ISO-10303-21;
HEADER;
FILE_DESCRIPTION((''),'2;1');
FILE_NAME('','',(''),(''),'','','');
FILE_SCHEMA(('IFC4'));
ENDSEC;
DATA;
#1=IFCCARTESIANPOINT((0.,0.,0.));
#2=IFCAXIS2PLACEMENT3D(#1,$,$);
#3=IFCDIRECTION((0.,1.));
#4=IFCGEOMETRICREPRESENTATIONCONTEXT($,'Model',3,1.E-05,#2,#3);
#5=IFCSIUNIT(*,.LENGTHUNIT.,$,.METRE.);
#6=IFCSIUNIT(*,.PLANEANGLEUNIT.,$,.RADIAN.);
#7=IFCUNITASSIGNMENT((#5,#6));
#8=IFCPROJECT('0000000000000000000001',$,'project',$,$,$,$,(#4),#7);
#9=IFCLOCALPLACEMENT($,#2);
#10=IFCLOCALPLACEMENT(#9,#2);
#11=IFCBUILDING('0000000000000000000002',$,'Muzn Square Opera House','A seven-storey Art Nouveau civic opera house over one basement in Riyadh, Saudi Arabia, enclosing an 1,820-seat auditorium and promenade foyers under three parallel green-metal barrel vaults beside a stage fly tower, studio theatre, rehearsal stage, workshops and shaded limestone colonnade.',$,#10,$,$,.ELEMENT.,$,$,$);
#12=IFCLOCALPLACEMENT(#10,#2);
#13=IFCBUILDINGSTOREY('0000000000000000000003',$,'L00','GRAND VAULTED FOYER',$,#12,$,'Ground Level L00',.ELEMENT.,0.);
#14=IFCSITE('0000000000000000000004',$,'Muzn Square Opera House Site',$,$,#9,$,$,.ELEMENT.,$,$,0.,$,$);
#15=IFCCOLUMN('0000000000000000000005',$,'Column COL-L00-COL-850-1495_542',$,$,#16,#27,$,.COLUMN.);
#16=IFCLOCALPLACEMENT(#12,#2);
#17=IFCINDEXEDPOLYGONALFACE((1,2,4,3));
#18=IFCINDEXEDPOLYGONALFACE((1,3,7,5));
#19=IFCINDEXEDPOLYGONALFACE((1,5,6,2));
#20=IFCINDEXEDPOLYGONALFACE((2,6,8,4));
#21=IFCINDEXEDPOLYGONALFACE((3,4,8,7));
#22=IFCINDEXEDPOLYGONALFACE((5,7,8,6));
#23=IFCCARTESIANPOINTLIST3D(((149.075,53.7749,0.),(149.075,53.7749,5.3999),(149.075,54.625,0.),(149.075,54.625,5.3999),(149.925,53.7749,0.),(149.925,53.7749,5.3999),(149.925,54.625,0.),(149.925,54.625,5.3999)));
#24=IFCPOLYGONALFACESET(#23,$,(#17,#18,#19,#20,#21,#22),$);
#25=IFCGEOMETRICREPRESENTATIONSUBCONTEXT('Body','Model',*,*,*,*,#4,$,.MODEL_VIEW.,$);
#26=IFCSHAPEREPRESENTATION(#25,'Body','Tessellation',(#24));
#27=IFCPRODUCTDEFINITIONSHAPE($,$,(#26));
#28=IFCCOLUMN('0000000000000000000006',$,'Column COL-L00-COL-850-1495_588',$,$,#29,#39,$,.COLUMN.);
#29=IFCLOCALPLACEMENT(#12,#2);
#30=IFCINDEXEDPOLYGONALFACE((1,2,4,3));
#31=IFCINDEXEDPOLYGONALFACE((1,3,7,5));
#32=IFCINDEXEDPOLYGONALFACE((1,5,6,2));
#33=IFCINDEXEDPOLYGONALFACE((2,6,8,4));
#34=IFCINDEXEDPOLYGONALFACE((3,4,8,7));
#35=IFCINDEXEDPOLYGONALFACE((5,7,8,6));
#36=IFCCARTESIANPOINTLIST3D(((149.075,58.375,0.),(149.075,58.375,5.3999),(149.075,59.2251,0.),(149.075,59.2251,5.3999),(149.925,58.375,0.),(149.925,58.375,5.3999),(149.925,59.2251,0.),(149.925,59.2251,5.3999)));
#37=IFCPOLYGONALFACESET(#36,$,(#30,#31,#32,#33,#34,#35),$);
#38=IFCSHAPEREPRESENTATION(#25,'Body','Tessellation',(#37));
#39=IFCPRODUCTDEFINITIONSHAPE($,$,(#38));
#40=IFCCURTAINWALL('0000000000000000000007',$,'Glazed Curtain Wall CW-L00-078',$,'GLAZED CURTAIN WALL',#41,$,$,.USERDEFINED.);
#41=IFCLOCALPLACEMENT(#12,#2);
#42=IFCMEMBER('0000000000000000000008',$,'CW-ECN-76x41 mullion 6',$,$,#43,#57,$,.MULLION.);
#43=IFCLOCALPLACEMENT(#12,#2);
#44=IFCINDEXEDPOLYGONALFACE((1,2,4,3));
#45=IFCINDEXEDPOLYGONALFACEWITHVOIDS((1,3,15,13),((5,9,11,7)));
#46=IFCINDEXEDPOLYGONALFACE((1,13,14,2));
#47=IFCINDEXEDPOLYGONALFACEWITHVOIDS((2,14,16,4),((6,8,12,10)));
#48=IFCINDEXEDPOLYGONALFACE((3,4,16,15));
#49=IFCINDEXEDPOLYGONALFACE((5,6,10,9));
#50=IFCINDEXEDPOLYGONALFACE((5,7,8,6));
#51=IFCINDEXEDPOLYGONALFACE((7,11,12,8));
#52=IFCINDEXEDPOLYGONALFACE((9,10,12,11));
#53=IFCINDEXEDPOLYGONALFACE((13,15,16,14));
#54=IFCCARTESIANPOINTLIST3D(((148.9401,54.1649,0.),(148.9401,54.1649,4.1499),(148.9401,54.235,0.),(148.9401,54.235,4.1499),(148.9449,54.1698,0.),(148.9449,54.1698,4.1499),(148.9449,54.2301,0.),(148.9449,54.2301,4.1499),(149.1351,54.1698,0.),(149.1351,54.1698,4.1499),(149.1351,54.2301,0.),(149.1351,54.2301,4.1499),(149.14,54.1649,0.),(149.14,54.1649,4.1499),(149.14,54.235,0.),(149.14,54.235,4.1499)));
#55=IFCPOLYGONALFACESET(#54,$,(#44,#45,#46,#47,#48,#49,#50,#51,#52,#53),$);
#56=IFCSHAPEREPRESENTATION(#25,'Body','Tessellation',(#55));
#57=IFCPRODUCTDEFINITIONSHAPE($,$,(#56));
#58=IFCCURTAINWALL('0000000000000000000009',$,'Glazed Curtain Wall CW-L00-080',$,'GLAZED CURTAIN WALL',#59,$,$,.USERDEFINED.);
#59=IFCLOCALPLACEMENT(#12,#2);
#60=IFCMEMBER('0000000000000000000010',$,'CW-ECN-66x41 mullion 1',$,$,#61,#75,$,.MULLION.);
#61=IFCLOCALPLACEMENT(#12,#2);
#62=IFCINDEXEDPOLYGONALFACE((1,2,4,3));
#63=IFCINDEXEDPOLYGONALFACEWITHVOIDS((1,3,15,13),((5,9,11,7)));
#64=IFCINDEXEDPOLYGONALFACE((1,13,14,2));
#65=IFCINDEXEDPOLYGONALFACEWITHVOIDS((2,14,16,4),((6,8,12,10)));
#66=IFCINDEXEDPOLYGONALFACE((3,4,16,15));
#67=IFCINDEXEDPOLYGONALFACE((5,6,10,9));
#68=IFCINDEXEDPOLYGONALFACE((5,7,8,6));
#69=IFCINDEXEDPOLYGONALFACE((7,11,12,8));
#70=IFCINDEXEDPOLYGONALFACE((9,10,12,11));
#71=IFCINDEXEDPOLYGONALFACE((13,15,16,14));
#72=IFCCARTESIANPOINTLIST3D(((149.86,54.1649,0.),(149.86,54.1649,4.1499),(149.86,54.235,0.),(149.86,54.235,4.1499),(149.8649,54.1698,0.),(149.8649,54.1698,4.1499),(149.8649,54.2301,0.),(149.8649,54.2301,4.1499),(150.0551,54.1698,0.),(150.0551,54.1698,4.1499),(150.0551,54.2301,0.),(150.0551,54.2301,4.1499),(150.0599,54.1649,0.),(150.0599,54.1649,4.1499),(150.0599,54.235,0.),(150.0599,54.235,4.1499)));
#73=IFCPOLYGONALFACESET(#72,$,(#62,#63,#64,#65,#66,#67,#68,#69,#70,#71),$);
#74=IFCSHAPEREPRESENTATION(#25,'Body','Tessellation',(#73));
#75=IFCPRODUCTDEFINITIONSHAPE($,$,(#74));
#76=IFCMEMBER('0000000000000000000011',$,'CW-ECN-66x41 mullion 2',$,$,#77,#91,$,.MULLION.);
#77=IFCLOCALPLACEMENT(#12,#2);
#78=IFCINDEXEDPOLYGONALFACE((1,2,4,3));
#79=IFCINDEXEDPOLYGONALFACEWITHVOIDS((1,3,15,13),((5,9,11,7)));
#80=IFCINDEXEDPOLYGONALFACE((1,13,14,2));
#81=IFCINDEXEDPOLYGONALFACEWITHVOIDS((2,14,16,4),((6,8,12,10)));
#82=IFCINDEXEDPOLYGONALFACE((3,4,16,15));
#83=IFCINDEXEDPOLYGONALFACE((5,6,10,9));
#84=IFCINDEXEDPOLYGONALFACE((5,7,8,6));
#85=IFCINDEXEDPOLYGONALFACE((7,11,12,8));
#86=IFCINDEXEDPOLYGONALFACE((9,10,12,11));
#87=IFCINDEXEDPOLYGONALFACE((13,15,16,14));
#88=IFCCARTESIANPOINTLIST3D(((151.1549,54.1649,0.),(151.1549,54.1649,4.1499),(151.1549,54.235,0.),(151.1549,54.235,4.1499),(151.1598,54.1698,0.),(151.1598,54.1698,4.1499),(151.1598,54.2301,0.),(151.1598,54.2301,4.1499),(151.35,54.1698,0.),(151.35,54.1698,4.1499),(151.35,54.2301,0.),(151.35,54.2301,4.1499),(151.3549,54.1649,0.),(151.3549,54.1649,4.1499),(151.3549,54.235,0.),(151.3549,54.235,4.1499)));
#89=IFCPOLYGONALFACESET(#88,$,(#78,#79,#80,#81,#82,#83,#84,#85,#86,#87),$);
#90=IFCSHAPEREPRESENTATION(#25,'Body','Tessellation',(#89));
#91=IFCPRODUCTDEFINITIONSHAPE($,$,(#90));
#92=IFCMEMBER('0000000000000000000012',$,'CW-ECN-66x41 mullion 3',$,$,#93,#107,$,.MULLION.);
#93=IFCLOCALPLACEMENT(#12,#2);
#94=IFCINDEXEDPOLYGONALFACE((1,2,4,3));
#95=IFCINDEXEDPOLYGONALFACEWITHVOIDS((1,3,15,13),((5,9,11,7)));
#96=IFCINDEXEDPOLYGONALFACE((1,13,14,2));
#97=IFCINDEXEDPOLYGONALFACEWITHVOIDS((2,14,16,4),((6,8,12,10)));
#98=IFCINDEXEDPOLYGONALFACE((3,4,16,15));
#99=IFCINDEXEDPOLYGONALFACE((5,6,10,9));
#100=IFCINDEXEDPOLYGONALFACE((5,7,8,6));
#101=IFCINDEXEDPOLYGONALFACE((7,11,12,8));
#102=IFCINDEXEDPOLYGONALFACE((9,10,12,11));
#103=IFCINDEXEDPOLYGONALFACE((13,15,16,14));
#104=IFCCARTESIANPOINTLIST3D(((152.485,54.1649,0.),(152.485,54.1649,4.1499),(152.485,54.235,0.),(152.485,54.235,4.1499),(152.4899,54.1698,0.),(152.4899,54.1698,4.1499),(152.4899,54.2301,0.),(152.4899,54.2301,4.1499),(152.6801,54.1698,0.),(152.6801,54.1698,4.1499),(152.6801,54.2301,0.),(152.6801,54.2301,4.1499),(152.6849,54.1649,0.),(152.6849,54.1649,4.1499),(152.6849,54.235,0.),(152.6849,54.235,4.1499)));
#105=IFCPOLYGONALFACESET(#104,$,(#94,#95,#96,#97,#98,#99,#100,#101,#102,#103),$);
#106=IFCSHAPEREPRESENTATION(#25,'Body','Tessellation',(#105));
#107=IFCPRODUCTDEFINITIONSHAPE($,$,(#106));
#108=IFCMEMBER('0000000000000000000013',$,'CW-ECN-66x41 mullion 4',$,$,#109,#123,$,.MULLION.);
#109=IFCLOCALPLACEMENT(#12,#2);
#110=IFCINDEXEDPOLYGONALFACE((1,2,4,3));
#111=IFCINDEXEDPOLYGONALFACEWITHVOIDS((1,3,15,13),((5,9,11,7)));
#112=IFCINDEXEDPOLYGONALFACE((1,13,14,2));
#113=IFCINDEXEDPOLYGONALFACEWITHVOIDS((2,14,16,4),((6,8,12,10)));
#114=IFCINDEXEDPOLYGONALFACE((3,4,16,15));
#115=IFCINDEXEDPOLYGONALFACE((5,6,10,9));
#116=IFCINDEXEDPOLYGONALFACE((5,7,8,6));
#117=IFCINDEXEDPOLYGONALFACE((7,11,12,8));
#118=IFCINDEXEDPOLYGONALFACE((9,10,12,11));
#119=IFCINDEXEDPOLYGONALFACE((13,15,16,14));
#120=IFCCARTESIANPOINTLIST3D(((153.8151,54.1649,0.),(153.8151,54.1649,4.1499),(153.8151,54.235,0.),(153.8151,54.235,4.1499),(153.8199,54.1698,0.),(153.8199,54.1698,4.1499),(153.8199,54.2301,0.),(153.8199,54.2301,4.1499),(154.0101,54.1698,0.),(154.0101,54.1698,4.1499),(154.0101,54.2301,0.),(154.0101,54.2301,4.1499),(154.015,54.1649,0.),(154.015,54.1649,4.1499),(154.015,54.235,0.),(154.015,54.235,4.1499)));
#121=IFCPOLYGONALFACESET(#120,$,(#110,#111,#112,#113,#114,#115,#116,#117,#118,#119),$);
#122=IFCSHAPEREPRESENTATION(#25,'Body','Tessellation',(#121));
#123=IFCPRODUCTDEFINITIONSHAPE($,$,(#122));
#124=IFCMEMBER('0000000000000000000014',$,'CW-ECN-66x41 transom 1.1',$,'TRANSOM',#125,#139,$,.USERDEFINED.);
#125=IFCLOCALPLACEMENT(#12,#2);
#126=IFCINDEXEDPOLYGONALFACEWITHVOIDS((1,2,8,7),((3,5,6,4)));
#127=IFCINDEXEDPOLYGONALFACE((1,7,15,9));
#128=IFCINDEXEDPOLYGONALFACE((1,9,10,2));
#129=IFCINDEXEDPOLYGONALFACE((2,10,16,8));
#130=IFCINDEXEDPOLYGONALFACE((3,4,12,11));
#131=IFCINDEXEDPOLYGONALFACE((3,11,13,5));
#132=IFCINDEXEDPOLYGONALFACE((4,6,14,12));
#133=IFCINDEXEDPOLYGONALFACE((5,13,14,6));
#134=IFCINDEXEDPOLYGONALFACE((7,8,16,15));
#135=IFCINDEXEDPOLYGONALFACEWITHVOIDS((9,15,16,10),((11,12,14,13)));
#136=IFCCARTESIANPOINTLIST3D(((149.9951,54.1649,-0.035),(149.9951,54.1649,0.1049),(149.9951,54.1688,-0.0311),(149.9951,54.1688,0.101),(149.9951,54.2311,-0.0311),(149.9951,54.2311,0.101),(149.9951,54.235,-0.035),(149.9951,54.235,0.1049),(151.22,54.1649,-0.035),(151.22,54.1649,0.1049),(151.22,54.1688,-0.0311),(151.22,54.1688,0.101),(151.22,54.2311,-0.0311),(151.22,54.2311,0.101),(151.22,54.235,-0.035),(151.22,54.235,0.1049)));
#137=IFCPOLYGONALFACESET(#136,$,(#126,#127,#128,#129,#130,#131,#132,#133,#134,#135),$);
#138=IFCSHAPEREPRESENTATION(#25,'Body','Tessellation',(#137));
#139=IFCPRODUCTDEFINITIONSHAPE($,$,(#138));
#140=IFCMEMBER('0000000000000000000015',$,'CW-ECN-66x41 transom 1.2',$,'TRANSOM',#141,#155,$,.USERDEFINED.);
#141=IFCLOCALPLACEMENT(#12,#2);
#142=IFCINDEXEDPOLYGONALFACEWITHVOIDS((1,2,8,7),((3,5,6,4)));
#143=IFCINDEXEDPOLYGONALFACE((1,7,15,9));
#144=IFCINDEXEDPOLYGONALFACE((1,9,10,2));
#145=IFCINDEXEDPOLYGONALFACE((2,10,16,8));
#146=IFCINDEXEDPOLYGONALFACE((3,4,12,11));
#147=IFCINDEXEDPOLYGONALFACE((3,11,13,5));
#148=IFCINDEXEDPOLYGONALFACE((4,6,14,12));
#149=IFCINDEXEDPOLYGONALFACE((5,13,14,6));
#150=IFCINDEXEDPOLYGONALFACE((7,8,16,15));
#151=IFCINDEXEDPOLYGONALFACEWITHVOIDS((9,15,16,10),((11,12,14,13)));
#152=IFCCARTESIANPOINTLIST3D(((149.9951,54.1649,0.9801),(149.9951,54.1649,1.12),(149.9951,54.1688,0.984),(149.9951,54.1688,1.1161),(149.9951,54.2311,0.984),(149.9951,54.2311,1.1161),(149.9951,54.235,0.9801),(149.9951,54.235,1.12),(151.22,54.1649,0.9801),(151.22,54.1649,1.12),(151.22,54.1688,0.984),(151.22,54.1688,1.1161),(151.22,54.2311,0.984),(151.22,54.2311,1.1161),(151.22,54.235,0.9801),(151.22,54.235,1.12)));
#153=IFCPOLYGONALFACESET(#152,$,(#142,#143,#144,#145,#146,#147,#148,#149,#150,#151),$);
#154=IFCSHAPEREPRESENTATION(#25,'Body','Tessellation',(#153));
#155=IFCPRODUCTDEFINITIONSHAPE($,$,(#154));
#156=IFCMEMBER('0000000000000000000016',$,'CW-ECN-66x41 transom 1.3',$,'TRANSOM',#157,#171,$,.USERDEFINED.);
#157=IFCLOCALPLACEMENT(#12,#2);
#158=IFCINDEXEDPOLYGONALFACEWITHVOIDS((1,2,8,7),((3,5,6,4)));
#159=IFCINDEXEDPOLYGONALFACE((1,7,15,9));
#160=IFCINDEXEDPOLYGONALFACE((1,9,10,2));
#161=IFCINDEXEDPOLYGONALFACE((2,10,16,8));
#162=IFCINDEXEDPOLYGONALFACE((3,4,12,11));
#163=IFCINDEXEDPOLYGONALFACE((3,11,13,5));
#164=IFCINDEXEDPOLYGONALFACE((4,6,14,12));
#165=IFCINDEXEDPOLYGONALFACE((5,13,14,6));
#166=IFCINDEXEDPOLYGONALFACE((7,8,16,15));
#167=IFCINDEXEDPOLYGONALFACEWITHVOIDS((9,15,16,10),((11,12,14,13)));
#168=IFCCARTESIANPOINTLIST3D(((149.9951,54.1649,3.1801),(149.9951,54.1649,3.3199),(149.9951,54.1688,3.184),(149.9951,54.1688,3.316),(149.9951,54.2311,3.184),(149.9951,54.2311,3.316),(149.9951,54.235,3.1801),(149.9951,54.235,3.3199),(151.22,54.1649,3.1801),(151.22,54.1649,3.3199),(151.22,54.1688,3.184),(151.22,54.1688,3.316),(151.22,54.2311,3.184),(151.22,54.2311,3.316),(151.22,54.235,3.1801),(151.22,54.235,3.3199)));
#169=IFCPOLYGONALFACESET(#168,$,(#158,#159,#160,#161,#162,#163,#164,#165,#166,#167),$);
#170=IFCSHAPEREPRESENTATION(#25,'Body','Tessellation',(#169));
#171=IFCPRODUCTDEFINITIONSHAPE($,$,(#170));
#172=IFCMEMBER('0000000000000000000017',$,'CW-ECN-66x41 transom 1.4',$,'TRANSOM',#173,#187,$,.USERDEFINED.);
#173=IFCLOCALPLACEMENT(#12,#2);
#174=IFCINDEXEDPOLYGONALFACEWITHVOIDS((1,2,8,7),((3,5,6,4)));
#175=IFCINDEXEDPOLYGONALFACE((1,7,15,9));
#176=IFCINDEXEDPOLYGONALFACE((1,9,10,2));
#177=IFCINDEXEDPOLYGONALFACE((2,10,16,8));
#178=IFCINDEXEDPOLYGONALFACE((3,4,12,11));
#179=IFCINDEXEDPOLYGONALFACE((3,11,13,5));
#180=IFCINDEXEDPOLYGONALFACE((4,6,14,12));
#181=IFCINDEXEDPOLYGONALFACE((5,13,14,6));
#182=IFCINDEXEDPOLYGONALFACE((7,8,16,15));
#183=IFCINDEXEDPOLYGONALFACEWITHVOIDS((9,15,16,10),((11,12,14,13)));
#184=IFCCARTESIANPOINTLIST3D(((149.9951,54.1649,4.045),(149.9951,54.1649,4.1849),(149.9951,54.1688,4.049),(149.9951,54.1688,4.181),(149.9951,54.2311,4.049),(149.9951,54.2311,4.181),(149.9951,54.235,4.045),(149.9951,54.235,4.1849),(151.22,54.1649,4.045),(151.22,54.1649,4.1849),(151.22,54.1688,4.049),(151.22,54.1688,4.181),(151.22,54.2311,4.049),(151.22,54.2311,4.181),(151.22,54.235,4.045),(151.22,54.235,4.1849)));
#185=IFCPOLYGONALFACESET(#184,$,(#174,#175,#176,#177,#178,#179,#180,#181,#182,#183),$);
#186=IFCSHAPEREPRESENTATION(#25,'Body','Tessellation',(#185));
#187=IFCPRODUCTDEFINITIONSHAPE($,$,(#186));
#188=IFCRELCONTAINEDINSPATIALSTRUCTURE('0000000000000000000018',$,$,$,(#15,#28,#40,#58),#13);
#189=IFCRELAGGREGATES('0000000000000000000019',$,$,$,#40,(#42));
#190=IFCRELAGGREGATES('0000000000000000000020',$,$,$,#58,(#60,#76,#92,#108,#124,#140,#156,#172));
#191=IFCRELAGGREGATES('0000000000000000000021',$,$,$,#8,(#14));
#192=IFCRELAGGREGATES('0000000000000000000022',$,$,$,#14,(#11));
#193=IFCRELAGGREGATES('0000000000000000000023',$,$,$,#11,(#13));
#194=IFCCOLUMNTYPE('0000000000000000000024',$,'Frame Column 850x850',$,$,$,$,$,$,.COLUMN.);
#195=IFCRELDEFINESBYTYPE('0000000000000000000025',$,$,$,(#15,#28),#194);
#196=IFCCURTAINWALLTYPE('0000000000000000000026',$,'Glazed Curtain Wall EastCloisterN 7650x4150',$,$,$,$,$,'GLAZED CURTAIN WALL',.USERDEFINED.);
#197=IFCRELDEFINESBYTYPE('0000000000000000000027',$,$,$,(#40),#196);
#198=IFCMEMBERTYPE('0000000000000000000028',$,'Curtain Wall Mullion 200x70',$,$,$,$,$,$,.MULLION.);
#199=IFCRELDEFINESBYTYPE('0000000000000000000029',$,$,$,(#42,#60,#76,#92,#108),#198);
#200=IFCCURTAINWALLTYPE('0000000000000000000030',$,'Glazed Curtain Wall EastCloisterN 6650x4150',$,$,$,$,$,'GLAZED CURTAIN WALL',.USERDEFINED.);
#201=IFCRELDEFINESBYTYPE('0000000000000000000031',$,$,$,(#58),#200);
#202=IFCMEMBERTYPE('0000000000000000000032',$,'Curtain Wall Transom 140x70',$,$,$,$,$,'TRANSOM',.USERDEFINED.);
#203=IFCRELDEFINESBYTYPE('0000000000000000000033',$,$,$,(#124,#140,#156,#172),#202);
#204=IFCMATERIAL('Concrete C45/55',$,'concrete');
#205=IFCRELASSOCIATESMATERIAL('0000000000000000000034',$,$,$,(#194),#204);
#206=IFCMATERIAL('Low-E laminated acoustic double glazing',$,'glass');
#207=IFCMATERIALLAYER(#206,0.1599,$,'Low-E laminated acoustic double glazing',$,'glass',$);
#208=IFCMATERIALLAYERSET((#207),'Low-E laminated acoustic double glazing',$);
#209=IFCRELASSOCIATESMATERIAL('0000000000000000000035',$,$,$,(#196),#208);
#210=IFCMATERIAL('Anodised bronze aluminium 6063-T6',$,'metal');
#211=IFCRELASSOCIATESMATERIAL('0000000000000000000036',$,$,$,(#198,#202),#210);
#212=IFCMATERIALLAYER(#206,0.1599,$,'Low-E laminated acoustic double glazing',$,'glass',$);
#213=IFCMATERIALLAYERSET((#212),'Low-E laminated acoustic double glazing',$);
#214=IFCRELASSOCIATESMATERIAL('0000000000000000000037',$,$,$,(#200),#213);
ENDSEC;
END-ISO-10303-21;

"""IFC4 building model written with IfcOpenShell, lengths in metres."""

from ifc_helpers import new_model, si_unit, direction, frame, origin, origin_2d, place, context, subcontext, project, spatial, rectangle, hollow_rectangle, extrude, material, layer, layer_set, material_profile, profile_set, type_object, element, aggregate, save


model = new_model("IFC4")

# Units and contexts
model_context = context("Model", 3, precision=1e-05, world=origin(), true_north=direction((0.0, 1.0)))
body_context = subcontext(model_context, "Body", "Model", "MODEL_VIEW")
ifc_project = project(units=[si_unit("LENGTHUNIT", "METRE"), si_unit("PLANEANGLEUNIT", "RADIAN")], contexts=[model_context])

# Site, building, storey
site_placement = place(None, origin())
site = spatial("IfcSite", under=ifc_project, at=site_placement, Name="Muzn Square Opera House Site", CompositionType="ELEMENT", RefElevation=0.0)
building_placement = place(site_placement, origin())
building = spatial("IfcBuilding", under=site, at=building_placement, Name="Muzn Square Opera House", Description="A seven-storey Art Nouveau civic opera house over one basement in Riyadh, Saudi Arabia, enclosing an 1,820-seat auditorium and promenade foyers under three parallel green-metal barrel vaults beside a stage fly tower, studio theatre, rehearsal stage, workshops and shaded limestone colonnade.", CompositionType="ELEMENT")
storey_placement = place(building_placement, origin())
storey = spatial("IfcBuildingStorey", under=building, at=storey_placement, Name="L00", Description="GRAND VAULTED FOYER", LongName="Ground Level L00", CompositionType="ELEMENT", Elevation=0.0)

# Columns
ifc_material_1 = material(Name="Concrete C45/55", Category="concrete")
ifc_material_profile_1 = material_profile(ifc_material_1, rectangle(XDim=0.8501, YDim=0.8501, at=origin_2d()), Name="RC 850x850", Category="concrete")
ifc_profile_set_1 = profile_set([ifc_material_profile_1], Name="Concrete C45/55")
column_type = type_object("IfcColumnType", Name="Frame Column 850x850", PredefinedType="COLUMN", material=ifc_profile_set_1)
for number, where, z_axis, x_axis, name in (
    (1, (149.5, 54.2, 0.0), (0.0, 0.0, 1.0), (1.0, 0.0, 0.0), "Column COL-L00-COL-850-1495_542"),
    (2, (149.5, 58.8, 0.0), (0.0, 0.0, 1.0), (1.0, 0.0, 0.0), "Column COL-L00-COL-850-1495_588"),
):
    element("IfcColumn", number, at=place(storey_placement, frame(where, z_axis=z_axis, x_axis=x_axis)), inside=storey, type_object=column_type, Name=name, PredefinedType="COLUMN", context=body_context, shape_type="SweptSolid", body=[
        extrude(rectangle(XDim=0.8501, YDim=0.8501, at=origin_2d()), origin(), (0.0, 0.0, 1.0), 5.3999),
    ])

# Curtain wall, member
ifc_material_2 = material(Name="Low-E laminated acoustic double glazing", Category="glass")
ifc_layer_1 = layer(ifc_material_2, 0.1599, Name="Low-E laminated acoustic double glazing", Category="glass")
ifc_layer_set_1 = layer_set([ifc_layer_1], Name="Low-E laminated acoustic double glazing")
curtain_wall_type_1 = type_object("IfcCurtainWallType", Name="Glazed Curtain Wall EastCloisterN 7650x4150", ElementType="GLAZED CURTAIN WALL", PredefinedType="USERDEFINED", material=ifc_layer_set_1)
curtain_wall_1_placement = place(storey_placement, origin())
curtain_wall_1 = element("IfcCurtainWall", 3, at=curtain_wall_1_placement, inside=storey, type_object=curtain_wall_type_1, Name="Glazed Curtain Wall CW-L00-078", ObjectType="GLAZED CURTAIN WALL", PredefinedType="USERDEFINED")
ifc_material_3 = material(Name="Anodised bronze aluminium 6063-T6", Category="metal")
ifc_material_profile_2 = material_profile(ifc_material_3, hollow_rectangle(XDim=0.0701, YDim=0.2, WallThickness=0.0049, at=origin_2d()), Name="ALU 200x70x5", Category="metal")
ifc_profile_set_2 = profile_set([ifc_material_profile_2], Name="Anodised bronze aluminium 6063-T6")
member_type_1 = type_object("IfcMemberType", Name="Curtain Wall Mullion 200x70", PredefinedType="MULLION", material=ifc_profile_set_2)
member_1_placement = place(storey_placement, frame((149.04, 54.2, 0.0), z_axis=(0.0, 0.0, 1.0), x_axis=(0.0, 1.0, 0.0)))
member_1 = element("IfcMember", 4, at=member_1_placement, type_object=member_type_1, Name="CW-ECN-76x41 mullion 6", PredefinedType="MULLION", context=body_context, shape_type="SweptSolid", body=[
    extrude(hollow_rectangle(XDim=0.0701, YDim=0.2, WallThickness=0.0049, at=origin_2d()), origin(), (0.0, 0.0, 1.0), 4.1499),
])

# Curtain wall, members
ifc_layer_2 = layer(ifc_material_2, 0.1599, Name="Low-E laminated acoustic double glazing", Category="glass")
ifc_layer_set_2 = layer_set([ifc_layer_2], Name="Low-E laminated acoustic double glazing")
curtain_wall_type_2 = type_object("IfcCurtainWallType", Name="Glazed Curtain Wall EastCloisterN 6650x4150", ElementType="GLAZED CURTAIN WALL", PredefinedType="USERDEFINED", material=ifc_layer_set_2)
curtain_wall_2_placement = place(storey_placement, origin())
curtain_wall_2 = element("IfcCurtainWall", 5, at=curtain_wall_2_placement, inside=storey, type_object=curtain_wall_type_2, Name="Glazed Curtain Wall CW-L00-080", ObjectType="GLAZED CURTAIN WALL", PredefinedType="USERDEFINED")
member_2_placement = place(storey_placement, frame((149.96, 54.2, 0.0), z_axis=(0.0, 0.0, 1.0), x_axis=(0.0, 1.0, 0.0)))
member_2 = element("IfcMember", 6, at=member_2_placement, type_object=member_type_1, Name="CW-ECN-66x41 mullion 1", PredefinedType="MULLION", context=body_context, shape_type="SweptSolid", body=[
    extrude(hollow_rectangle(XDim=0.0701, YDim=0.2, WallThickness=0.0049, at=origin_2d()), origin(), (0.0, 0.0, 1.0), 4.1499),
])
member_3_placement = place(storey_placement, frame((151.2549, 54.2, 0.0), z_axis=(0.0, 0.0, 1.0), x_axis=(0.0, 1.0, 0.0)))
member_3 = element("IfcMember", 7, at=member_3_placement, type_object=member_type_1, Name="CW-ECN-66x41 mullion 2", PredefinedType="MULLION", context=body_context, shape_type="SweptSolid", body=[
    extrude(hollow_rectangle(XDim=0.0701, YDim=0.2, WallThickness=0.0049, at=origin_2d()), origin(), (0.0, 0.0, 1.0), 4.1499),
])
member_4_placement = place(storey_placement, frame((152.585, 54.2, 0.0), z_axis=(0.0, 0.0, 1.0), x_axis=(0.0, 1.0, 0.0)))
member_4 = element("IfcMember", 8, at=member_4_placement, type_object=member_type_1, Name="CW-ECN-66x41 mullion 3", PredefinedType="MULLION", context=body_context, shape_type="SweptSolid", body=[
    extrude(hollow_rectangle(XDim=0.0701, YDim=0.2, WallThickness=0.0049, at=origin_2d()), origin(), (0.0, 0.0, 1.0), 4.1499),
])
member_5_placement = place(storey_placement, frame((153.915, 54.2, 0.0), z_axis=(0.0, 0.0, 1.0), x_axis=(0.0, 1.0, 0.0)))
member_5 = element("IfcMember", 9, at=member_5_placement, type_object=member_type_1, Name="CW-ECN-66x41 mullion 4", PredefinedType="MULLION", context=body_context, shape_type="SweptSolid", body=[
    extrude(hollow_rectangle(XDim=0.0701, YDim=0.2, WallThickness=0.0049, at=origin_2d()), origin(), (0.0, 0.0, 1.0), 4.1499),
])
ifc_material_profile_3 = material_profile(ifc_material_3, hollow_rectangle(XDim=0.0701, YDim=0.1399, WallThickness=0.0039, at=origin_2d()), Name="ALU 140x70x4", Category="metal")
ifc_profile_set_3 = profile_set([ifc_material_profile_3], Name="Anodised bronze aluminium 6063-T6")
member_type_2 = type_object("IfcMemberType", Name="Curtain Wall Transom 140x70", ElementType="TRANSOM", PredefinedType="USERDEFINED", material=ifc_profile_set_3)
member_6_placement = place(storey_placement, frame((149.9951, 54.2, 0.0349), z_axis=(1.0, 0.0, 0.0), x_axis=(0.0, 1.0, 0.0)))
member_6 = element("IfcMember", 10, at=member_6_placement, type_object=member_type_2, Name="CW-ECN-66x41 transom 1.1", ObjectType="TRANSOM", PredefinedType="USERDEFINED", context=body_context, shape_type="SweptSolid", body=[
    extrude(hollow_rectangle(XDim=0.0701, YDim=0.1399, WallThickness=0.0039, at=origin_2d()), origin(), (0.0, 0.0, 1.0), 1.2249),
])
member_7_placement = place(storey_placement, frame((149.9951, 54.2, 1.05), z_axis=(1.0, 0.0, 0.0), x_axis=(0.0, 1.0, 0.0)))
member_7 = element("IfcMember", 11, at=member_7_placement, type_object=member_type_2, Name="CW-ECN-66x41 transom 1.2", ObjectType="TRANSOM", PredefinedType="USERDEFINED", context=body_context, shape_type="SweptSolid", body=[
    extrude(hollow_rectangle(XDim=0.0701, YDim=0.1399, WallThickness=0.0039, at=origin_2d()), origin(), (0.0, 0.0, 1.0), 1.2249),
])
member_8_placement = place(storey_placement, frame((149.9951, 54.2, 3.25), z_axis=(1.0, 0.0, 0.0), x_axis=(0.0, 1.0, 0.0)))
member_8 = element("IfcMember", 12, at=member_8_placement, type_object=member_type_2, Name="CW-ECN-66x41 transom 1.3", ObjectType="TRANSOM", PredefinedType="USERDEFINED", context=body_context, shape_type="SweptSolid", body=[
    extrude(hollow_rectangle(XDim=0.0701, YDim=0.1399, WallThickness=0.0039, at=origin_2d()), origin(), (0.0, 0.0, 1.0), 1.2249),
])
member_9_placement = place(storey_placement, frame((149.9951, 54.2, 4.115), z_axis=(1.0, 0.0, 0.0), x_axis=(0.0, 1.0, 0.0)))
member_9 = element("IfcMember", 13, at=member_9_placement, type_object=member_type_2, Name="CW-ECN-66x41 transom 1.4", ObjectType="TRANSOM", PredefinedType="USERDEFINED", context=body_context, shape_type="SweptSolid", body=[
    extrude(hollow_rectangle(XDim=0.0701, YDim=0.1399, WallThickness=0.0039, at=origin_2d()), origin(), (0.0, 0.0, 1.0), 1.2249),
])

aggregate(curtain_wall_1, [member_1])
aggregate(curtain_wall_2, [member_2, member_3, member_4, member_5, member_6, member_7, member_8, member_9])

save(model, "model.ifc")
